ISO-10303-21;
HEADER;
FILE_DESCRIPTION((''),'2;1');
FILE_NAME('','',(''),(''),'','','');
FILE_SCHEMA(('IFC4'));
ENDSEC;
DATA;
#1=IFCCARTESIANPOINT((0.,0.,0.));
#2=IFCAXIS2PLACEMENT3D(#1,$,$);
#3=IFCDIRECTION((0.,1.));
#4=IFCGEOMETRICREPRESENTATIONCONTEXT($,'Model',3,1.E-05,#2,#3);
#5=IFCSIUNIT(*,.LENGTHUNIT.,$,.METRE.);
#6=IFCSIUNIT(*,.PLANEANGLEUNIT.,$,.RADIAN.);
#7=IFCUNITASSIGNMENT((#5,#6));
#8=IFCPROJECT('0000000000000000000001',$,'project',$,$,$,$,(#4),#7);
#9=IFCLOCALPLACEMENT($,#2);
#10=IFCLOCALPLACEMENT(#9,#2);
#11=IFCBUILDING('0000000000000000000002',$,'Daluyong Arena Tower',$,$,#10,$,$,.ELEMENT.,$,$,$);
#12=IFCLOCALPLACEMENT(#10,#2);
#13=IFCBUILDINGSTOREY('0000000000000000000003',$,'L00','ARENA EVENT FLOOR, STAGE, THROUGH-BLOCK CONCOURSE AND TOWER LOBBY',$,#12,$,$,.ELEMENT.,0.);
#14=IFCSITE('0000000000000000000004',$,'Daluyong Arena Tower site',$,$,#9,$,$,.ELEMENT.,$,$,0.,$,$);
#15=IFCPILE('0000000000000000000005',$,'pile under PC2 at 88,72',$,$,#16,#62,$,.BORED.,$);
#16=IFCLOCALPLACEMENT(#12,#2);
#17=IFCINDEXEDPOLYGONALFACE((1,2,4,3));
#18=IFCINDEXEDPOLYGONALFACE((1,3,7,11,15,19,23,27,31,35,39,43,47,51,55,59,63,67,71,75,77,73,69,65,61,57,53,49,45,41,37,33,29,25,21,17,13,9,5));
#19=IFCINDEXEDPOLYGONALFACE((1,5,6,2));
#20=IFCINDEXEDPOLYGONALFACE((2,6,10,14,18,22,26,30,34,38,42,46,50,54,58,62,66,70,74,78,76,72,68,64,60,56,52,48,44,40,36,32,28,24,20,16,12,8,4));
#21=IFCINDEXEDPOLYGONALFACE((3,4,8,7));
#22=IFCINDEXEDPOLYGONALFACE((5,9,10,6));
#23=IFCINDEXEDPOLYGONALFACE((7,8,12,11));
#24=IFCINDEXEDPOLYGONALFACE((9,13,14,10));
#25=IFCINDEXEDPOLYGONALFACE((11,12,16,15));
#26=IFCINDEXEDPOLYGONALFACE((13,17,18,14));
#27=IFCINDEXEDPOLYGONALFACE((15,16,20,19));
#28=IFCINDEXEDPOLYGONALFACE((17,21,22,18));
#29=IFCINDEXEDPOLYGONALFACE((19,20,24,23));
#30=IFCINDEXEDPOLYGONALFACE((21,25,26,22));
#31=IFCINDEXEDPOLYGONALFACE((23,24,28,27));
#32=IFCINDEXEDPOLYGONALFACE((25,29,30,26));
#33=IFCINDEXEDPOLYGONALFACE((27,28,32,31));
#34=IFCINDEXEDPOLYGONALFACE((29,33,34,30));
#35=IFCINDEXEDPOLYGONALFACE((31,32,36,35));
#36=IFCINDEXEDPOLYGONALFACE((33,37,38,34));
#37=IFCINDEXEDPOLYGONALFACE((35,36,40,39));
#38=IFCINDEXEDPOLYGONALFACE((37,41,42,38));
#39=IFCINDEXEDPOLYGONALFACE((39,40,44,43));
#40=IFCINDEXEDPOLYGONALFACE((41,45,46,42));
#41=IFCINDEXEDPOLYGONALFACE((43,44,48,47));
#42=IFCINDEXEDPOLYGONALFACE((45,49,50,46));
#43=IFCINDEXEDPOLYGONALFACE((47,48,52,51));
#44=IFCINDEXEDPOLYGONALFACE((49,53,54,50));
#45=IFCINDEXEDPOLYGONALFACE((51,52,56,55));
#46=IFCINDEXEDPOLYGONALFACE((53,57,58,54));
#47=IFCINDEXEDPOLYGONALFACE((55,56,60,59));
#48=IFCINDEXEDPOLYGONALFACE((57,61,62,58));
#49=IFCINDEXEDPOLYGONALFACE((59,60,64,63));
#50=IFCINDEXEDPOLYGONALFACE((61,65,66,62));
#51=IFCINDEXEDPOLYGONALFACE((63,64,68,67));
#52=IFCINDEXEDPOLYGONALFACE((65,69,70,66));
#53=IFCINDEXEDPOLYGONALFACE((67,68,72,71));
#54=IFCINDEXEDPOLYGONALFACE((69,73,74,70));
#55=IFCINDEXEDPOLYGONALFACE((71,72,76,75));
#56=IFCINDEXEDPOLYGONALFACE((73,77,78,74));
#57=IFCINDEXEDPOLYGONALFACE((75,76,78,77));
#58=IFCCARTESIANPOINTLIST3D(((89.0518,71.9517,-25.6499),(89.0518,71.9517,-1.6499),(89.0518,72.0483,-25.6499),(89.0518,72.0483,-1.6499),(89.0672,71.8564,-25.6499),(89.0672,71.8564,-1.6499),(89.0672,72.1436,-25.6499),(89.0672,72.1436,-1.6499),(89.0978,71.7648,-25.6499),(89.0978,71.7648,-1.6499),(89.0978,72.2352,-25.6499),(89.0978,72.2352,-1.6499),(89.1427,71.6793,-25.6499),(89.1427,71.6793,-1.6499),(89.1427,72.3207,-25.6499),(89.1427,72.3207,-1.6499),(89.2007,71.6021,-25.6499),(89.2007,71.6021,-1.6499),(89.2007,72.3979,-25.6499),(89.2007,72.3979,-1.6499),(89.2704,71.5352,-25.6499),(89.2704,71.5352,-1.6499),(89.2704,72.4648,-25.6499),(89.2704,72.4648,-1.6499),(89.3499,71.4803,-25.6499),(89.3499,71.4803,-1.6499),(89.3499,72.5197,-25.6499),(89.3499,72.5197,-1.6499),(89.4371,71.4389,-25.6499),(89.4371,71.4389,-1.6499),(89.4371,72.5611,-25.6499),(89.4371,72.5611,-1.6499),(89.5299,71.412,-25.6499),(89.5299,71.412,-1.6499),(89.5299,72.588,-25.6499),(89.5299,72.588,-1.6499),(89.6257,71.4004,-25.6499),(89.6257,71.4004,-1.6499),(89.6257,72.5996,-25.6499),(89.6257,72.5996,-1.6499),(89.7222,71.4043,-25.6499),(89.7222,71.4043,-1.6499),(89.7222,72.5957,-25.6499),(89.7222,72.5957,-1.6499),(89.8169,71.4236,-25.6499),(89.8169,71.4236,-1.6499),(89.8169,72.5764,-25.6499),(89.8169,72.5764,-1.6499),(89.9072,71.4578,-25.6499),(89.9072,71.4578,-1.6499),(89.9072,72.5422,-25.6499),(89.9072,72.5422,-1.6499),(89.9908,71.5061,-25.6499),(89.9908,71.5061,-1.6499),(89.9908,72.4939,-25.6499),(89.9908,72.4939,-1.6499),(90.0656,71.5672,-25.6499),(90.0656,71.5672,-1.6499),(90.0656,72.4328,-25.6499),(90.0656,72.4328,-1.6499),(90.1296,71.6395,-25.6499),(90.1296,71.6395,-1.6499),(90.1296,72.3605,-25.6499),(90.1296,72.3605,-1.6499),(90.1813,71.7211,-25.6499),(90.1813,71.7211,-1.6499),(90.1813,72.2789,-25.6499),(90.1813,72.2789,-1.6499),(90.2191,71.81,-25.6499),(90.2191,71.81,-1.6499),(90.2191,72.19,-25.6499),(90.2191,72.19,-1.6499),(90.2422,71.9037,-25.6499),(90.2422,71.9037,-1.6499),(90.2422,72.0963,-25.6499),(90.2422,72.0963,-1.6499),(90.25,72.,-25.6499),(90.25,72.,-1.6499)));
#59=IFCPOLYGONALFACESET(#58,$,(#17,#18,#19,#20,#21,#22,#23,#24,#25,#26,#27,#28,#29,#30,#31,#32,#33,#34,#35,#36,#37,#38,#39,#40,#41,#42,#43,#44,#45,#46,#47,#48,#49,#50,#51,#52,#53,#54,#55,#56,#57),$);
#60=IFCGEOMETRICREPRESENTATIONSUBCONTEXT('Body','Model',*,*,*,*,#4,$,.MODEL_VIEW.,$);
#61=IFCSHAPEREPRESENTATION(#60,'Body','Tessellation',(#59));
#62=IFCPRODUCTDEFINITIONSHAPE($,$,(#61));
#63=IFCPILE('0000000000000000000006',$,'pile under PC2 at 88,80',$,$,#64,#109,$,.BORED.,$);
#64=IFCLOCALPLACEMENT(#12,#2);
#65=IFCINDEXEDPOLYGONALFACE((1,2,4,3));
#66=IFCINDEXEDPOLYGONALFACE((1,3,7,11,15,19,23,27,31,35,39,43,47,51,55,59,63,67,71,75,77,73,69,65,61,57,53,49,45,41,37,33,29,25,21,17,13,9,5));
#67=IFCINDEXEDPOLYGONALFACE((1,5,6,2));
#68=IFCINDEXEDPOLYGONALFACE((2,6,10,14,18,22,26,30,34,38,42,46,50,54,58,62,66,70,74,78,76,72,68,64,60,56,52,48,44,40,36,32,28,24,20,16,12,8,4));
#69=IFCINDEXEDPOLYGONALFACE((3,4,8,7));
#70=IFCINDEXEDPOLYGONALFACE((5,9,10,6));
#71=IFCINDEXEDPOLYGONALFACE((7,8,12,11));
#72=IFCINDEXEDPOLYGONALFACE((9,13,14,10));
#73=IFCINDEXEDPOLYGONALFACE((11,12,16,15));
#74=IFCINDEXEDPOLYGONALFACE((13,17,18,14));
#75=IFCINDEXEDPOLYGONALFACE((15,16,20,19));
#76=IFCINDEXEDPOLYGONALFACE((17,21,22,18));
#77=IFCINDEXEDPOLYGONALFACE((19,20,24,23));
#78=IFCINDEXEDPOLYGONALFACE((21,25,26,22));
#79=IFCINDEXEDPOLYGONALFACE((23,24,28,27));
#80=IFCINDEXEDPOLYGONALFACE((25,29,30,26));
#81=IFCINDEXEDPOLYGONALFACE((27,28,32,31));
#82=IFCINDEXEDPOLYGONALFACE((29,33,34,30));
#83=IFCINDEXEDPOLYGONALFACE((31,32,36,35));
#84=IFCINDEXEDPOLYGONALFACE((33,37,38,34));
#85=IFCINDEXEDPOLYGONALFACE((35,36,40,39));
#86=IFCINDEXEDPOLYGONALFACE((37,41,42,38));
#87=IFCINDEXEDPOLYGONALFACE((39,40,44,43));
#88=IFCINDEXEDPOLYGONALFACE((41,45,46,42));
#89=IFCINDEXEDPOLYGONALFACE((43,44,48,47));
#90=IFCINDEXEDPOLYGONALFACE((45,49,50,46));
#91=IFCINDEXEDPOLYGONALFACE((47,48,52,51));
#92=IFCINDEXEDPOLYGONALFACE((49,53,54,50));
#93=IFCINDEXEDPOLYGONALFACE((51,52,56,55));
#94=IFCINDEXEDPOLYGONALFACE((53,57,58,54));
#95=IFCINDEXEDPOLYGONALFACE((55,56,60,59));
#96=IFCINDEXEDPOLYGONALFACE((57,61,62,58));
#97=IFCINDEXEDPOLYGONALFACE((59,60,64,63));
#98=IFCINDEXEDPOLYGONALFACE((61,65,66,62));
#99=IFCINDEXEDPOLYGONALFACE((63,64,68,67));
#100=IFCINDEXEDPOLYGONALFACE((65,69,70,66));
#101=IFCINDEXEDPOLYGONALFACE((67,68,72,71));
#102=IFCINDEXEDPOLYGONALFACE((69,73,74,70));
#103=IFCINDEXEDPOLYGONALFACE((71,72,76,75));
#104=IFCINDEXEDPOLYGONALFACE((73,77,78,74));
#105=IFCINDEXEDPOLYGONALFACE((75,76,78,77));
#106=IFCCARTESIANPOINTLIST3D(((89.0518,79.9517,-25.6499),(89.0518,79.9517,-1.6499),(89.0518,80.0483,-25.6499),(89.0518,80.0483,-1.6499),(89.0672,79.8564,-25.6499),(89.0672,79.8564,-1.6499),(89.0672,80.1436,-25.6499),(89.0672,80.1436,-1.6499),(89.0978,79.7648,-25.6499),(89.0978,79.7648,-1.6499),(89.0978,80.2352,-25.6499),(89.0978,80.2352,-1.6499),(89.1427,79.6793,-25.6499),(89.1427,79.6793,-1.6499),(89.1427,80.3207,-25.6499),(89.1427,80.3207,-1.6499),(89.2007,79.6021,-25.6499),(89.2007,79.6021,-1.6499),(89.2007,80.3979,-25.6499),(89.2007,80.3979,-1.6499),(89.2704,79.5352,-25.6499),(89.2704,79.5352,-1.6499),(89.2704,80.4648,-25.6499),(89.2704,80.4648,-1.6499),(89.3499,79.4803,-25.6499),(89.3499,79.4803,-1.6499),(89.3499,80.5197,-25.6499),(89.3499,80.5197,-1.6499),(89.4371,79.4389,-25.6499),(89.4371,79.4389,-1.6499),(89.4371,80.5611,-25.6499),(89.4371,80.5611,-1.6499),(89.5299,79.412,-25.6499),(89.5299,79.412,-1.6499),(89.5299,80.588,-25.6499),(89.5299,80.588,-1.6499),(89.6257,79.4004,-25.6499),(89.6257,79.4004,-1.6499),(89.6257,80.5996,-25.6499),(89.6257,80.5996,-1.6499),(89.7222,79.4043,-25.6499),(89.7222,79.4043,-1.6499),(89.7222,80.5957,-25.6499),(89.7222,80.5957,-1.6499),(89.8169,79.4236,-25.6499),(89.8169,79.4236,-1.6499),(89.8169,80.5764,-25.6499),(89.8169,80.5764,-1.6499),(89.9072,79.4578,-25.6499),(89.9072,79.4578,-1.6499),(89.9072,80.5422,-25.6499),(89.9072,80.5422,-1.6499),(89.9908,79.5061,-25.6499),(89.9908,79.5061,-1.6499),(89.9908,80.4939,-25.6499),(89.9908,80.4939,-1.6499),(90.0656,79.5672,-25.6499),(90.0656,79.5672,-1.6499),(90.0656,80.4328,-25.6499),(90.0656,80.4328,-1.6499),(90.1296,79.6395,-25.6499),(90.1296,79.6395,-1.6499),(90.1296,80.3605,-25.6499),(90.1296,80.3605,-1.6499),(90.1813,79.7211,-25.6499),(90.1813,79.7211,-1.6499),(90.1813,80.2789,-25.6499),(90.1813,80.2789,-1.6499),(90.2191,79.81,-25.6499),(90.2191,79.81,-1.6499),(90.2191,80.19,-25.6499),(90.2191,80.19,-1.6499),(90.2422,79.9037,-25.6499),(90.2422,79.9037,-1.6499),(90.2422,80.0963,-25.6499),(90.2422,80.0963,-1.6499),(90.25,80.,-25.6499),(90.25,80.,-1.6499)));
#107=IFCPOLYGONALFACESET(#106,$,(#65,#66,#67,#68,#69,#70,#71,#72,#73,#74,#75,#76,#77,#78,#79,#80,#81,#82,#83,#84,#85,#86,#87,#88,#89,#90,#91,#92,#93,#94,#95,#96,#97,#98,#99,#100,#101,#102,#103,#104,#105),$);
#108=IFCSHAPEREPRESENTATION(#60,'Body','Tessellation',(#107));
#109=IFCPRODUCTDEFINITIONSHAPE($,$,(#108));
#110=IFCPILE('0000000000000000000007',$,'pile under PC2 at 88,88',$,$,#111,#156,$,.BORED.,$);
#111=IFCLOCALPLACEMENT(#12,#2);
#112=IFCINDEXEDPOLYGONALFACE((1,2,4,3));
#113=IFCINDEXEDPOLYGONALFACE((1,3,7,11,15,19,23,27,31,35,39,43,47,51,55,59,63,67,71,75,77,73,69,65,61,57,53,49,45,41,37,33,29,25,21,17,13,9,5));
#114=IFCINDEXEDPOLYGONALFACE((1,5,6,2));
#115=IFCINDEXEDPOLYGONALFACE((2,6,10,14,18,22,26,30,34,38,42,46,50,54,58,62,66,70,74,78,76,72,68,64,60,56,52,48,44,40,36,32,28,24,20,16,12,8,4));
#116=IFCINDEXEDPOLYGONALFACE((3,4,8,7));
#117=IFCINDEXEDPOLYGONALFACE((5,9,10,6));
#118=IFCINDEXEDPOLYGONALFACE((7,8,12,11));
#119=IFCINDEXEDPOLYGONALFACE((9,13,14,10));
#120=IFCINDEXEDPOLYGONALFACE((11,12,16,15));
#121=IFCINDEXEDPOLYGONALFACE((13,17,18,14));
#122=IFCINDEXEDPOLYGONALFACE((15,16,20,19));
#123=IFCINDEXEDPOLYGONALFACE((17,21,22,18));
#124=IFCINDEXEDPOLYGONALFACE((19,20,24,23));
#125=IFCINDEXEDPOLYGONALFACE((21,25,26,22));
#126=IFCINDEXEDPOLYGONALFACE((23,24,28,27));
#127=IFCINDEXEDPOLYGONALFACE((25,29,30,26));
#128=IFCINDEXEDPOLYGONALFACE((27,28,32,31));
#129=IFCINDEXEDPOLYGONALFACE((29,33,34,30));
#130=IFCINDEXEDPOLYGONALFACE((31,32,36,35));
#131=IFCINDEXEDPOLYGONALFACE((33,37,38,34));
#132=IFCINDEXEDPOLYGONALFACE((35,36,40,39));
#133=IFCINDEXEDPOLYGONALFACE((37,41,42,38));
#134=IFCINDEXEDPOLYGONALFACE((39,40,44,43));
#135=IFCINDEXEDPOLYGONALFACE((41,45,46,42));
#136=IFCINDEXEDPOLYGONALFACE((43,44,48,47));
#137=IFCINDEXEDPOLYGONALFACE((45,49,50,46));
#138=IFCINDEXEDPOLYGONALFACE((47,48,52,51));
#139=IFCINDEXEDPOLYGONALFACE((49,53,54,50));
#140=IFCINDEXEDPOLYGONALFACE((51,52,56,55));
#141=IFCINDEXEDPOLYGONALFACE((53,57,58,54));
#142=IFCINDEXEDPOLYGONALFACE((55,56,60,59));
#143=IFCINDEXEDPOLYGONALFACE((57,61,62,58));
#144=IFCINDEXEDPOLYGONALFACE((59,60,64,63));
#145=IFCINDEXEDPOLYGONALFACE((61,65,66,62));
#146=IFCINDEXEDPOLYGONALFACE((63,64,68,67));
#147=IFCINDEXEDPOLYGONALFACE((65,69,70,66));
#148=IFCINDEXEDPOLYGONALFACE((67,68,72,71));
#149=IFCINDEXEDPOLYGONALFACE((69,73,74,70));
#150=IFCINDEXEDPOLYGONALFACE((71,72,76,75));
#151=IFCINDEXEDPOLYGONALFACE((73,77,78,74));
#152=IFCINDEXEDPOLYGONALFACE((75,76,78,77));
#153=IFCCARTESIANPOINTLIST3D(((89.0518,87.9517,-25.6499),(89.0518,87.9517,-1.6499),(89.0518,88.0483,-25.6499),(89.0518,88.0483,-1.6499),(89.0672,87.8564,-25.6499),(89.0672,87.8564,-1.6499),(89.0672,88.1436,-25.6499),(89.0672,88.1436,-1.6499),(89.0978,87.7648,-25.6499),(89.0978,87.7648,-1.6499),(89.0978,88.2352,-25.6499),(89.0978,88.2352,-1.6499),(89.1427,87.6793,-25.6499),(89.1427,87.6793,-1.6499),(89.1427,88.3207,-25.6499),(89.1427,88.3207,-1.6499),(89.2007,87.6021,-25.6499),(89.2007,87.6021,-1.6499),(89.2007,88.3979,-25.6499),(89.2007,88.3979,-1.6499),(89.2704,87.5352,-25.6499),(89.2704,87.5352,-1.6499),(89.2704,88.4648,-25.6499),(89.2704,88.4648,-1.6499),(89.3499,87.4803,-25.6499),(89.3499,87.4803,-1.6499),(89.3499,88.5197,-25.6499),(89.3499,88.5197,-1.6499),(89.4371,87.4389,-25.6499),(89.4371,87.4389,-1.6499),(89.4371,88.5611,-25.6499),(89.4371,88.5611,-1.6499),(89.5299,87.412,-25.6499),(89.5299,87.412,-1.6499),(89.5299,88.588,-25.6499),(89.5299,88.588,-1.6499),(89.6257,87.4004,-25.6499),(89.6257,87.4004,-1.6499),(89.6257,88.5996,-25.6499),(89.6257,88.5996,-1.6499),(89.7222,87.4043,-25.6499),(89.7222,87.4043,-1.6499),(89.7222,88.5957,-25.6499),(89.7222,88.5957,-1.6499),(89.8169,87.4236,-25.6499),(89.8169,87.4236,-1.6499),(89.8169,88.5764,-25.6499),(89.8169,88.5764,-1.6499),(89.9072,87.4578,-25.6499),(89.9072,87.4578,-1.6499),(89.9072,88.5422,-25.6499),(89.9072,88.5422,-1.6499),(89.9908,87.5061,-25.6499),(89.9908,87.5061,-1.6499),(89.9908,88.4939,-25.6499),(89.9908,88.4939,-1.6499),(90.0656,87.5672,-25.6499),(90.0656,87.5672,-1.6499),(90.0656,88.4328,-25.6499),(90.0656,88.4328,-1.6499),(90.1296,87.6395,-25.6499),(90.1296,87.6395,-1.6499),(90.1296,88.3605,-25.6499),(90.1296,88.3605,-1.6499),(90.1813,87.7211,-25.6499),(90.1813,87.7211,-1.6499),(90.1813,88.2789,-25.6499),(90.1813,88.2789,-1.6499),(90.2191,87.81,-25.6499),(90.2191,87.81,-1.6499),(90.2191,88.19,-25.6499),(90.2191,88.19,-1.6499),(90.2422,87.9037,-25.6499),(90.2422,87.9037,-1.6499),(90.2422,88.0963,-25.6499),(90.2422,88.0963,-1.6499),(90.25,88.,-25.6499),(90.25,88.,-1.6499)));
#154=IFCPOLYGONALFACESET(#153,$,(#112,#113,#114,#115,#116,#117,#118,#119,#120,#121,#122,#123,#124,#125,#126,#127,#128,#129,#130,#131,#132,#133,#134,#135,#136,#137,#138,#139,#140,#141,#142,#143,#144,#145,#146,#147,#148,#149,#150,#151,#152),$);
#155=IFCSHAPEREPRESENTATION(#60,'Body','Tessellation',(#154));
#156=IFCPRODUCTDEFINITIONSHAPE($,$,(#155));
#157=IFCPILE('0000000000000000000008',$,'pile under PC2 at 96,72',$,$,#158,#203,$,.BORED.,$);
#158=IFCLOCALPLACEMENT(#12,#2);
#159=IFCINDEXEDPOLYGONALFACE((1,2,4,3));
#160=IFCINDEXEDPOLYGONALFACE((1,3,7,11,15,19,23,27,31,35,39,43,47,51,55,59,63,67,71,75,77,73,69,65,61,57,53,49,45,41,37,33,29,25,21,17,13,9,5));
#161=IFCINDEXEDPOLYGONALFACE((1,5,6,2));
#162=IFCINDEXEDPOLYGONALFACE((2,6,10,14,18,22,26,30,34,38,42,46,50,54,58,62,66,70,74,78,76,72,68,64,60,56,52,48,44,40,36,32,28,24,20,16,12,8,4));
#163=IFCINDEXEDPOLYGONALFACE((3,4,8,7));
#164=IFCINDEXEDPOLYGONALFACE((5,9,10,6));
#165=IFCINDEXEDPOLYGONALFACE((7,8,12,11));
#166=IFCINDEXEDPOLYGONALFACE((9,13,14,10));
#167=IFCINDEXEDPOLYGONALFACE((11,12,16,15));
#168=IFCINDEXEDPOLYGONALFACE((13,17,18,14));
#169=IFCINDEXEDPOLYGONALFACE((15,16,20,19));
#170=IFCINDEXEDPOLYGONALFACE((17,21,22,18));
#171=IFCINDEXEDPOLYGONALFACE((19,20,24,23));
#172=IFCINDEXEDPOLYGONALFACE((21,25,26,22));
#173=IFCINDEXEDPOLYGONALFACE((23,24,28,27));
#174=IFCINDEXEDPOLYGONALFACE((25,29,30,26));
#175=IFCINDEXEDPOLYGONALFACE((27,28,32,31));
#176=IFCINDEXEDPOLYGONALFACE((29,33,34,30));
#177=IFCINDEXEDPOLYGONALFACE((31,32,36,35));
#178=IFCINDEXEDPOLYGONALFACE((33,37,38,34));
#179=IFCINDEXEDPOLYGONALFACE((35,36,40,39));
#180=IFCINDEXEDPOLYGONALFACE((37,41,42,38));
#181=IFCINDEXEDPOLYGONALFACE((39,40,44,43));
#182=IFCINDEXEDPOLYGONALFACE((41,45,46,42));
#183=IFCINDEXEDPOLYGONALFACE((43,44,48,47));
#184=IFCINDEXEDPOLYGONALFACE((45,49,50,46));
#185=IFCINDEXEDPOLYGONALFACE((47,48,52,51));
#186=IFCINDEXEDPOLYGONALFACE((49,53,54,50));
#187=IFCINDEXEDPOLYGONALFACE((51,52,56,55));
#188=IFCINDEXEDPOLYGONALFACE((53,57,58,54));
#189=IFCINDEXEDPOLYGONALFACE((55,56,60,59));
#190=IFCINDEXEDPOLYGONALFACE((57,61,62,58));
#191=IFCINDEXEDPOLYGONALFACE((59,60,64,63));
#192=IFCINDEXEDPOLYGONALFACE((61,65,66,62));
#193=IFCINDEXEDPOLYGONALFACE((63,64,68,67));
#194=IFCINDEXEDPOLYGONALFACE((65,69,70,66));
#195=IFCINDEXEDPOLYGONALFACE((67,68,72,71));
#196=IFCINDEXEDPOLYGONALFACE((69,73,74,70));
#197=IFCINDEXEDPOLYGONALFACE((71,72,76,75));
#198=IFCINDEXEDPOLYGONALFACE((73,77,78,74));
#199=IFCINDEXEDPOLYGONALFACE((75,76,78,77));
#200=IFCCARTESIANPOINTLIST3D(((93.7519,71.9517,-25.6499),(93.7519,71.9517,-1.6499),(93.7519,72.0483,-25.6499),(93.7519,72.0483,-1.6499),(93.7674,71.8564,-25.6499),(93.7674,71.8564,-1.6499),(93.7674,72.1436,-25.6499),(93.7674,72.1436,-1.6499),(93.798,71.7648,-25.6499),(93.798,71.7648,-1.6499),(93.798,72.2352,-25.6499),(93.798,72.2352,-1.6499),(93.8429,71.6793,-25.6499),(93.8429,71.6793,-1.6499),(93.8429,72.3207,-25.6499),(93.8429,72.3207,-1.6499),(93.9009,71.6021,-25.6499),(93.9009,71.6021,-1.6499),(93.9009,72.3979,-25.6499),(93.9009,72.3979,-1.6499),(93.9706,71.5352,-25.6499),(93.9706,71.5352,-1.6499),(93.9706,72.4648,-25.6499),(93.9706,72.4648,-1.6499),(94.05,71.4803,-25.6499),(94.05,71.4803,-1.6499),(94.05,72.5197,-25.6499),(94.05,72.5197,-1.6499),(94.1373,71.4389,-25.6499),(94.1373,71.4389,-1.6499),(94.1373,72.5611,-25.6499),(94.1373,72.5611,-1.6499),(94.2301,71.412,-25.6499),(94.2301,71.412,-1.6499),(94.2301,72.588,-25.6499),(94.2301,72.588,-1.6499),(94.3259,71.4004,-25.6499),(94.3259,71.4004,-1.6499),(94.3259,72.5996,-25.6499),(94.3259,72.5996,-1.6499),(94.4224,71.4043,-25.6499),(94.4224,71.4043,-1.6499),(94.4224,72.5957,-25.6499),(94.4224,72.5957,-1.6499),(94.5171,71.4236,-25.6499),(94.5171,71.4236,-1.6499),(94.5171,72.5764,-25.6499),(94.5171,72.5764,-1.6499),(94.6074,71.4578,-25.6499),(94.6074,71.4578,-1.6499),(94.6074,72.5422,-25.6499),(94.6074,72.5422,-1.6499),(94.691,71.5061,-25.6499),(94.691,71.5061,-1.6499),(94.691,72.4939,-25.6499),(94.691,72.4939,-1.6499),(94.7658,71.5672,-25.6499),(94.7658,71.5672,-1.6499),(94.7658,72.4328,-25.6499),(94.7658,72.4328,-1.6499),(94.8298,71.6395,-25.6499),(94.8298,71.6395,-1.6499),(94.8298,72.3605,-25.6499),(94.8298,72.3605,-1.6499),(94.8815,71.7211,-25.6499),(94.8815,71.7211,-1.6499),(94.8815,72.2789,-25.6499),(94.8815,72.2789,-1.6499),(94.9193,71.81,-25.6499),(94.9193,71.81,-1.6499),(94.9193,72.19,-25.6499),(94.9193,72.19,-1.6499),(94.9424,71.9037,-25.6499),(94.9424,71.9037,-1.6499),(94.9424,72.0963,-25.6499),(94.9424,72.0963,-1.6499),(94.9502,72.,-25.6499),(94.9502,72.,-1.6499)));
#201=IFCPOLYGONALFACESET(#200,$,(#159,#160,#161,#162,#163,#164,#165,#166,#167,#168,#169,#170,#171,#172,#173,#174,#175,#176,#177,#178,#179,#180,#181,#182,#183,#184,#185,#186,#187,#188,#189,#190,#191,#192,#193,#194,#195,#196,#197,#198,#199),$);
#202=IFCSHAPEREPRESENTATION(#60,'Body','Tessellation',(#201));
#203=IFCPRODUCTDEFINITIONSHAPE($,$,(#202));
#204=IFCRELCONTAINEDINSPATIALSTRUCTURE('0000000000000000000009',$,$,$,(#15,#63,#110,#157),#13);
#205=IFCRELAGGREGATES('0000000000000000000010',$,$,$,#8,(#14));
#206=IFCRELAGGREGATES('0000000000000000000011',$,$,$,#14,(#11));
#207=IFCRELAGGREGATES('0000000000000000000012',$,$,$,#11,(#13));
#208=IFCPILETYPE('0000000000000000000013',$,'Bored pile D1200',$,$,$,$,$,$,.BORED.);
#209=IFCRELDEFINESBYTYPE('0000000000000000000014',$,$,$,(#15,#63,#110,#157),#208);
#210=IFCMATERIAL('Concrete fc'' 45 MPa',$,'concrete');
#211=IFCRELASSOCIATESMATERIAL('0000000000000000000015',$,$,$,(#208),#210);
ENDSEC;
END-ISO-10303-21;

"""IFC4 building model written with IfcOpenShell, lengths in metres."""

from ifc_helpers import new_model, si_unit, direction, frame, origin, origin_2d, place, context, subcontext, project, spatial, circle, extrude, material, type_object, element, save


model = new_model("IFC4")

# Units and contexts
model_context = context("Model", 3, precision=1e-05, world=origin(), true_north=direction((0.0, 1.0)))
body_context = subcontext(model_context, "Body", "Model", "MODEL_VIEW")
ifc_project = project(units=[si_unit("LENGTHUNIT", "METRE"), si_unit("PLANEANGLEUNIT", "RADIAN")], contexts=[model_context])

# Site, building, storey
site_placement = place(None, origin())
site = spatial("IfcSite", under=ifc_project, at=site_placement, Name="Daluyong Arena Tower site", CompositionType="ELEMENT", RefElevation=0.0)
building_placement = place(site_placement, origin())
building = spatial("IfcBuilding", under=site, at=building_placement, Name="Daluyong Arena Tower", CompositionType="ELEMENT")
storey_placement = place(building_placement, origin())
storey = spatial("IfcBuildingStorey", under=building, at=storey_placement, Name="L00", Description="ARENA EVENT FLOOR, STAGE, THROUGH-BLOCK CONCOURSE AND TOWER LOBBY", CompositionType="ELEMENT", Elevation=0.0)

# Piles
ifc_material_1 = material(Name="Concrete fc' 45 MPa", Category="concrete")
pile_type = type_object("IfcPileType", Name="Bored pile D1200", PredefinedType="BORED", material=ifc_material_1)
for number, where, z_axis, x_axis, name in (
    (1, (89.6499, 72.0, -1.6499), (0.0, 0.0, -1.0), (1.0, 0.0, 0.0), "pile under PC2 at 88,72"),
    (2, (89.6499, 80.0, -1.6499), (0.0, 0.0, -1.0), (1.0, 0.0, 0.0), "pile under PC2 at 88,80"),
    (3, (89.6499, 88.0, -1.6499), (0.0, 0.0, -1.0), (1.0, 0.0, 0.0), "pile under PC2 at 88,88"),
    (4, (94.3501, 72.0, -1.6499), (0.0, 0.0, -1.0), (1.0, 0.0, 0.0), "pile under PC2 at 96,72"),
):
    element("IfcPile", number, at=place(storey_placement, frame(where, z_axis=z_axis, x_axis=x_axis)), inside=storey, type_object=pile_type, Name=name, PredefinedType="BORED", context=body_context, shape_type="SweptSolid", body=[
        extrude(circle(Radius=0.6001, at=origin_2d()), origin(), (0.0, 0.0, 1.0), 24.0),
    ])

save(model, "model.ifc")
